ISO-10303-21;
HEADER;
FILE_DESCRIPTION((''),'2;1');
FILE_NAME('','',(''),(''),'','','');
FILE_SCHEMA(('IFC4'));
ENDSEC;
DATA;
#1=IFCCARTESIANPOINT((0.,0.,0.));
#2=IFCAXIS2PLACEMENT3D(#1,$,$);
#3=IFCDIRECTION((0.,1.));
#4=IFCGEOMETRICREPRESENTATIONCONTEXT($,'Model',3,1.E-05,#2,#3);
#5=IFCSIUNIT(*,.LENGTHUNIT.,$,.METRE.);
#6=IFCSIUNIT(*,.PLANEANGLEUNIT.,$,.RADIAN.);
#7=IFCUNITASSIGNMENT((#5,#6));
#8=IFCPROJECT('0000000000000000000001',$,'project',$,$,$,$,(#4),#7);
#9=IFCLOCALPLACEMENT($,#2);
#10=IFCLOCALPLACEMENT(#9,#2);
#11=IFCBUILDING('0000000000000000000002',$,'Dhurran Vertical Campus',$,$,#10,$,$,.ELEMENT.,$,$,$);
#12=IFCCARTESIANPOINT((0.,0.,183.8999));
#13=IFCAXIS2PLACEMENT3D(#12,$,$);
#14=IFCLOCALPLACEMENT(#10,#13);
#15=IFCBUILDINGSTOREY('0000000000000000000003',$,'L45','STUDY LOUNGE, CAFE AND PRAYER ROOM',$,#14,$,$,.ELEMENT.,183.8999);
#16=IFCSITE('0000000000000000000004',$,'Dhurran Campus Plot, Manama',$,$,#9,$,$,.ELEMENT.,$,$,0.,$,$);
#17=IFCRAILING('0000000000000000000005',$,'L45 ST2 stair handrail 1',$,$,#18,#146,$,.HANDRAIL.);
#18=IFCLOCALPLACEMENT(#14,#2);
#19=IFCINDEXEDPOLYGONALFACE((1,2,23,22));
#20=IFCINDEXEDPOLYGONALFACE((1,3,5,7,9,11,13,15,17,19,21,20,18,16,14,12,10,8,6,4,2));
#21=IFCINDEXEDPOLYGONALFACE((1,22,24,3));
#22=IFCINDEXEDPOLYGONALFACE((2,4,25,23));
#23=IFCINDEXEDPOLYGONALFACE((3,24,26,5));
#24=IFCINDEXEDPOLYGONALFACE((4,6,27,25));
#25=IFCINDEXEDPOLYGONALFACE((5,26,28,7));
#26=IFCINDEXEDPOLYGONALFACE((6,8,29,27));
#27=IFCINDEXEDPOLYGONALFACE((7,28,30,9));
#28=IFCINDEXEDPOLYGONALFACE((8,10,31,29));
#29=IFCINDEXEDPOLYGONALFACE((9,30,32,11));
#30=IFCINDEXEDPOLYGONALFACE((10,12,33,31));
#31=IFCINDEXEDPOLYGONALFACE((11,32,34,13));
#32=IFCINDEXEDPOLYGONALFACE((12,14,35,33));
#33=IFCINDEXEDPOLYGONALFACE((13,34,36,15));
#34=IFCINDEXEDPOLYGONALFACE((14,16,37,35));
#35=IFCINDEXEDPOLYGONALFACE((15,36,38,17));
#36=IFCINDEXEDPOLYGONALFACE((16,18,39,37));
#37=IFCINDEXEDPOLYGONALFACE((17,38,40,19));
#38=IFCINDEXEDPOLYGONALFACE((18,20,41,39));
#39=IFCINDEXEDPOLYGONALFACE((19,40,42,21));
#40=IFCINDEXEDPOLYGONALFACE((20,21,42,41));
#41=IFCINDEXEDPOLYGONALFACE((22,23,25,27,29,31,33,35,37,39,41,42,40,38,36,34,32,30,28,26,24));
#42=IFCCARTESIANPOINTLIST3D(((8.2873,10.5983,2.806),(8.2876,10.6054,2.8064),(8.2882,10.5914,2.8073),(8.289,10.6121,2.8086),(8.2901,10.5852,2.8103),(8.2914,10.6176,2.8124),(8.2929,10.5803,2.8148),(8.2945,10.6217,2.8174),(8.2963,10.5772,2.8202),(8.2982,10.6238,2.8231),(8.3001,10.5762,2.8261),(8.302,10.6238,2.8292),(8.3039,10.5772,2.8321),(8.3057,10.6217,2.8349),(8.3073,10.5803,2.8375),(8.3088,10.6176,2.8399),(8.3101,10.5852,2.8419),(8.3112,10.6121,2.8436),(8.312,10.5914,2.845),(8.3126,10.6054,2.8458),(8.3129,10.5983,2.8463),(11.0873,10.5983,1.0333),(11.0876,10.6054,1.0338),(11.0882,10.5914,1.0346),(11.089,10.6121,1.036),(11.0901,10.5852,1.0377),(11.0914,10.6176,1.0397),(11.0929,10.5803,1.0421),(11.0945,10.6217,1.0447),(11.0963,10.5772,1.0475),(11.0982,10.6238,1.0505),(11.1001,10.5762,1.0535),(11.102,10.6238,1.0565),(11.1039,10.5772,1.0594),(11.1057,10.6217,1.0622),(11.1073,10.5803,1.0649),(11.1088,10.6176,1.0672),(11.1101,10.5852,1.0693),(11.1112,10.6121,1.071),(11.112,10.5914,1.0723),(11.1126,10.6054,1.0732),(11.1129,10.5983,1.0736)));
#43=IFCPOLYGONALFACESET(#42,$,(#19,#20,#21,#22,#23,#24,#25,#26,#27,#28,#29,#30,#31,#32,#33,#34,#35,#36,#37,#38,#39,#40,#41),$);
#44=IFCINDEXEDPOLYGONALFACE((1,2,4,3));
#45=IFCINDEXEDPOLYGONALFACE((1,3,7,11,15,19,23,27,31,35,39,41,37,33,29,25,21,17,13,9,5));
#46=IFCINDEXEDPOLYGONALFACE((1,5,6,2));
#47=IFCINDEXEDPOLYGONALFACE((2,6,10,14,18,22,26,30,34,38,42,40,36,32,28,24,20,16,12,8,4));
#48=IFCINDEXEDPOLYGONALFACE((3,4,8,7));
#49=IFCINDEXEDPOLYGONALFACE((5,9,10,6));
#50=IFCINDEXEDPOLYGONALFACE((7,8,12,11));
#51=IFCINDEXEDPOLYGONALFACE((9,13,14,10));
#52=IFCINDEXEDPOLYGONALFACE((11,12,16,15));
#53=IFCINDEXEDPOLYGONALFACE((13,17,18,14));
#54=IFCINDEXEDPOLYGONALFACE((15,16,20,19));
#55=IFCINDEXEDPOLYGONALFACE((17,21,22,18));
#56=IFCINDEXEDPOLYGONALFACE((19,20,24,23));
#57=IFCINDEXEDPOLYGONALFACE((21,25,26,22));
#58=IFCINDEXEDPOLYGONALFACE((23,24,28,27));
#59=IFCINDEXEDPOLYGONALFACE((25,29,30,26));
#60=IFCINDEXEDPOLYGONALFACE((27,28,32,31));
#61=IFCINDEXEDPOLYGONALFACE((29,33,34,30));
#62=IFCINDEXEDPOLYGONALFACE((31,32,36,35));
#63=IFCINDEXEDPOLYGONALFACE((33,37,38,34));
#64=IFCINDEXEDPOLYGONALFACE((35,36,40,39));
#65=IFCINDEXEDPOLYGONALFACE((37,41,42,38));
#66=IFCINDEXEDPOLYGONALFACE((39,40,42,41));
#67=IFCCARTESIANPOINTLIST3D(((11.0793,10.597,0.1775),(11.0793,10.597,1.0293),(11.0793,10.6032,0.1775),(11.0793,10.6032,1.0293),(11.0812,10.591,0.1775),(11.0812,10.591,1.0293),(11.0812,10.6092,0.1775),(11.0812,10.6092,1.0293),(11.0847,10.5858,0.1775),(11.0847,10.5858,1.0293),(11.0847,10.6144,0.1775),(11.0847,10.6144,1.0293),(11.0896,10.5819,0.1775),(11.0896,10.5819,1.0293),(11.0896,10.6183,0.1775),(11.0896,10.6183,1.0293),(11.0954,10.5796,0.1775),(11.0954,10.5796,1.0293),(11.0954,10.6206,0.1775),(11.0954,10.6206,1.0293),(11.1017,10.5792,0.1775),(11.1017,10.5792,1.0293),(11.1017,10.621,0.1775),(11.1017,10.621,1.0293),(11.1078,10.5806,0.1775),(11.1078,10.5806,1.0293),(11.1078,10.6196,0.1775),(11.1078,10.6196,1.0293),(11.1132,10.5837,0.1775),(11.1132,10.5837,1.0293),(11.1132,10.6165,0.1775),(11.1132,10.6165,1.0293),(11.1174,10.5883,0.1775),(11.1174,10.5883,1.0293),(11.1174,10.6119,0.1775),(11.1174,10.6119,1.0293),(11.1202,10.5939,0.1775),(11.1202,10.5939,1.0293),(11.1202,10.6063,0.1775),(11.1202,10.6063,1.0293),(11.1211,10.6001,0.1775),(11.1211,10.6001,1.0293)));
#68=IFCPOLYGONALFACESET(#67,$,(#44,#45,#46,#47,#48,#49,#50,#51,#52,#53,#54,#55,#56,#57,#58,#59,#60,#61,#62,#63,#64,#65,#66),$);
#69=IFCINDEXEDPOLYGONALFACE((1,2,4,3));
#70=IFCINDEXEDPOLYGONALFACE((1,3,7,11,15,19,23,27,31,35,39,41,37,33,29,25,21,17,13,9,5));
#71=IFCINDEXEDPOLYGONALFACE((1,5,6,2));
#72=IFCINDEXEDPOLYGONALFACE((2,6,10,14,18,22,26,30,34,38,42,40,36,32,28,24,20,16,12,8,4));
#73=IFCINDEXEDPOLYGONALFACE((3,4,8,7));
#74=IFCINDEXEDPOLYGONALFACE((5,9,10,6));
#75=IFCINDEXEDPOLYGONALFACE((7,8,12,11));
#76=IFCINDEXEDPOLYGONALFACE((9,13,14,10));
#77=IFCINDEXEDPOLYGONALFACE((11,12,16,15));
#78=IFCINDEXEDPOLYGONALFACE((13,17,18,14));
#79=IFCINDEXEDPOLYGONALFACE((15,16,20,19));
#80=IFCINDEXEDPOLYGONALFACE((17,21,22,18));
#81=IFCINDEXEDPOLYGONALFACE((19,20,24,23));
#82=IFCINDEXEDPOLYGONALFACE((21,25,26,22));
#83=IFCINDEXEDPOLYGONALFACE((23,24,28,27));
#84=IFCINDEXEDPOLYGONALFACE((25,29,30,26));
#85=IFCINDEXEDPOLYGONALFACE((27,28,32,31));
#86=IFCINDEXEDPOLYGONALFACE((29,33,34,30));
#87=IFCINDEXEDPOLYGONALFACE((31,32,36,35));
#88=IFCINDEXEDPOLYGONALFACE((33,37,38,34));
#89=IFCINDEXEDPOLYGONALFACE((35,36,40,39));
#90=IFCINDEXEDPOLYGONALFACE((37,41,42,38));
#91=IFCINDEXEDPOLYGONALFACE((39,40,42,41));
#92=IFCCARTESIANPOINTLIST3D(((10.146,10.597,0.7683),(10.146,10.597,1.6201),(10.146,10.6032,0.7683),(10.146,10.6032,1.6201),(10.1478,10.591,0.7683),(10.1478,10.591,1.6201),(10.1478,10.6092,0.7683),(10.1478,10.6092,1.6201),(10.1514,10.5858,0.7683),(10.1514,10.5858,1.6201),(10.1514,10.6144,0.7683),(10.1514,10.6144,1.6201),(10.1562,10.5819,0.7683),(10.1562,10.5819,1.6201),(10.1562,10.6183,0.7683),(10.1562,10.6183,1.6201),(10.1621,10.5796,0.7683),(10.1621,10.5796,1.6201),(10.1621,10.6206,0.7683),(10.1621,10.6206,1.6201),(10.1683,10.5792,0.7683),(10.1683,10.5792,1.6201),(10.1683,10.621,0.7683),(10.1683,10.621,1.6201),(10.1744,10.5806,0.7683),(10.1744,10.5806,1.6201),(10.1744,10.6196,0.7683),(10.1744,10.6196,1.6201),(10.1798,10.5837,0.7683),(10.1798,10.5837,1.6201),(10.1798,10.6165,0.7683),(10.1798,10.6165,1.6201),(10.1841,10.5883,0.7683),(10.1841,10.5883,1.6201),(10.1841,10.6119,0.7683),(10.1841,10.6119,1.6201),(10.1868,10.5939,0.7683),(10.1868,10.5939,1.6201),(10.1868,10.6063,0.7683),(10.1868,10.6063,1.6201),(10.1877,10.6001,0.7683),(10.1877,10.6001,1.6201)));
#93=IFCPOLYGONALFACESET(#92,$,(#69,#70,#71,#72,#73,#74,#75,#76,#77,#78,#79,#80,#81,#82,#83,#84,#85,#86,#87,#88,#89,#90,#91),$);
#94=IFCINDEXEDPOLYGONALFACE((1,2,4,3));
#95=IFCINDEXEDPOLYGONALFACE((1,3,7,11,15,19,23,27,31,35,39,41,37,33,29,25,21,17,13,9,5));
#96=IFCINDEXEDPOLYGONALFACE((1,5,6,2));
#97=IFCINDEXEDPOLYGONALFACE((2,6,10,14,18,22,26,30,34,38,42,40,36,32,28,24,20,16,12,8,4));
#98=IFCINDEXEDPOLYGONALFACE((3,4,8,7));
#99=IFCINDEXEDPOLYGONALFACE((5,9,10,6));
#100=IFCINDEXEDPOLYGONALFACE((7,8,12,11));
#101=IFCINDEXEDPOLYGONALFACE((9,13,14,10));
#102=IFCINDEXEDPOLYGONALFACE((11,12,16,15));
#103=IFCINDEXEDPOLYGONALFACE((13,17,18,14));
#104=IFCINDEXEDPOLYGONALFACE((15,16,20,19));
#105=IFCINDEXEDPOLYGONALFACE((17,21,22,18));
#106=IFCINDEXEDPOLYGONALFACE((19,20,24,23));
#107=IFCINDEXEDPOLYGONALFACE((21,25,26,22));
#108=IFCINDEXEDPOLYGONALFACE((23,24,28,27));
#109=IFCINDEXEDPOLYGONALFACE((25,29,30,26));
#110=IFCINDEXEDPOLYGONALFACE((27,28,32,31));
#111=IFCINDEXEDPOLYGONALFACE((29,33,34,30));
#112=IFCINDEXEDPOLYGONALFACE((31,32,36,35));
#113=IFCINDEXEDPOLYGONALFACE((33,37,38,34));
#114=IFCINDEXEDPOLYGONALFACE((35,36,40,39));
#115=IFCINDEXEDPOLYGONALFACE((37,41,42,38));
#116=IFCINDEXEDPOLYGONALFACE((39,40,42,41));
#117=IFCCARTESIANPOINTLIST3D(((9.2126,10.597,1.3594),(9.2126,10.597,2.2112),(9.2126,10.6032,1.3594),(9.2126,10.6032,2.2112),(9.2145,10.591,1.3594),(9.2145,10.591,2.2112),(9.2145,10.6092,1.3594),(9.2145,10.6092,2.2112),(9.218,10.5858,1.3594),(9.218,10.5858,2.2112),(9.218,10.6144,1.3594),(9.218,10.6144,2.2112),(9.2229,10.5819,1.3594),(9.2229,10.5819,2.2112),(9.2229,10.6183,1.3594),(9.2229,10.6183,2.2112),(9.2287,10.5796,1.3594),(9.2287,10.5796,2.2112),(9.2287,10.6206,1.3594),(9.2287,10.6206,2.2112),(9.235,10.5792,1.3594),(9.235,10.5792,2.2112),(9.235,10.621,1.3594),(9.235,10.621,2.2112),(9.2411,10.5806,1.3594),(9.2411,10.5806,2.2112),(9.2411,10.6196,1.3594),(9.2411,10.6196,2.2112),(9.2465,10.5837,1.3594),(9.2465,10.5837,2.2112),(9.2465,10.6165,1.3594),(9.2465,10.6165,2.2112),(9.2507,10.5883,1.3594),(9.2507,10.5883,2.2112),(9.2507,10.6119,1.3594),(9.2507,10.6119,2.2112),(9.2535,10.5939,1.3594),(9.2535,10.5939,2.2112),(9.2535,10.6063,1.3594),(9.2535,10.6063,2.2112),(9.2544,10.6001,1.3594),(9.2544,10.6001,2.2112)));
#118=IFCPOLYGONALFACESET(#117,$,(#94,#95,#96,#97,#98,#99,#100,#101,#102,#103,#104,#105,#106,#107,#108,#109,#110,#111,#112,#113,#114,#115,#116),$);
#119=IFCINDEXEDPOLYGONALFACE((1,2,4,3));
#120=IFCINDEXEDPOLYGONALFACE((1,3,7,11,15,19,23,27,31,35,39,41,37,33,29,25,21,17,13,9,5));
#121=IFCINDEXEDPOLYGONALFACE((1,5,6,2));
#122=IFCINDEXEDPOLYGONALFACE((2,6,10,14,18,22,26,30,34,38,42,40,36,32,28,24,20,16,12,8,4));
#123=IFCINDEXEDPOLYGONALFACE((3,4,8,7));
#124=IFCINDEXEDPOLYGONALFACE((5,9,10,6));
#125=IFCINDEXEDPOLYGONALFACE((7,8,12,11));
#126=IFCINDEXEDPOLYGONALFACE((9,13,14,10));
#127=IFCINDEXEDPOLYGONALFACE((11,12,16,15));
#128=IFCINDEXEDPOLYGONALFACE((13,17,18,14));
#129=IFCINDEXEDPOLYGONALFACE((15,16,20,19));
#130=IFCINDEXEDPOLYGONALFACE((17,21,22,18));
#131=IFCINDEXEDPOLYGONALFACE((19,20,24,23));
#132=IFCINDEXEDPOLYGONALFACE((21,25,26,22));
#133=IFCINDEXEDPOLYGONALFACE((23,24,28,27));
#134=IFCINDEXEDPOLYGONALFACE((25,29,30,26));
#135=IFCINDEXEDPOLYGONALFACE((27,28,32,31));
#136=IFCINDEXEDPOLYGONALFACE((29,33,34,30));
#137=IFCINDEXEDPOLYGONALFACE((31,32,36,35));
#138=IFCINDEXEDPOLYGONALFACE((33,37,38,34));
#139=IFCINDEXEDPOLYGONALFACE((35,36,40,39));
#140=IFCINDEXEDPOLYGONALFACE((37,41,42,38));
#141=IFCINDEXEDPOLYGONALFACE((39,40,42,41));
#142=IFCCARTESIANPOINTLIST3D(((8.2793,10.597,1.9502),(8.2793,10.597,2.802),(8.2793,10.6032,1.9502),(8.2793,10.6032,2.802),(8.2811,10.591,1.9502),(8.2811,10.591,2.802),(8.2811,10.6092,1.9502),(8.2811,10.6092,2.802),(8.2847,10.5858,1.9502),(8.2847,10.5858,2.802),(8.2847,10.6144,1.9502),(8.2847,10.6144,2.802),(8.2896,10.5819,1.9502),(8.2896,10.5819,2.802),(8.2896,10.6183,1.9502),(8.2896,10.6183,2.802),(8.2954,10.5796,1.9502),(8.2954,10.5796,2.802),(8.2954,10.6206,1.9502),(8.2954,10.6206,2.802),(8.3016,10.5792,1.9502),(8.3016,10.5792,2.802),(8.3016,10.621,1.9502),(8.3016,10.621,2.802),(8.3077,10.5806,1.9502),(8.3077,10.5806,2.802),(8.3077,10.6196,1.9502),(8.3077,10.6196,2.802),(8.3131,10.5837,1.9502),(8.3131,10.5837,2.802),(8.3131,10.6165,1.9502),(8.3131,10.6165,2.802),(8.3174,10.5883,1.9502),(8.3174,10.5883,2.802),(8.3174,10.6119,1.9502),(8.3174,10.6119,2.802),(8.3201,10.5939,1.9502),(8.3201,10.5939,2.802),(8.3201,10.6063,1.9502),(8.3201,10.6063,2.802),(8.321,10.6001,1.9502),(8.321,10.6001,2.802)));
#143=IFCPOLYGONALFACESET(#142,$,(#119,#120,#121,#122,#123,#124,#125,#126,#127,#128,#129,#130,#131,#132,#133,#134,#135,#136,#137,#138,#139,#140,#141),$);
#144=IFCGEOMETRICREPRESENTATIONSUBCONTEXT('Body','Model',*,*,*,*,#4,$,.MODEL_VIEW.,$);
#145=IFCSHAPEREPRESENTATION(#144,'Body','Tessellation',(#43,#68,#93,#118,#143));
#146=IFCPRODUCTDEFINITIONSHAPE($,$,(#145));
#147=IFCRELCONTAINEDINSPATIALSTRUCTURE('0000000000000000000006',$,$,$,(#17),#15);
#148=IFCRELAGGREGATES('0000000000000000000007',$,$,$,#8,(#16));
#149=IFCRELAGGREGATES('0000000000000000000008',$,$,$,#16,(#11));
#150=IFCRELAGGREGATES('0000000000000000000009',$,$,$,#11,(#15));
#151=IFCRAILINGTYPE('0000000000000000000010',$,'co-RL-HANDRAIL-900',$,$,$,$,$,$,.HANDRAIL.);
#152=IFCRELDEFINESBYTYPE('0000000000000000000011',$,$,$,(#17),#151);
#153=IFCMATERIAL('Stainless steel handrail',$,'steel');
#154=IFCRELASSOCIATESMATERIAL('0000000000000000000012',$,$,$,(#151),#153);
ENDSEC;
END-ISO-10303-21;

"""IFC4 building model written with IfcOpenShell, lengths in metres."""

from ifc_helpers import new_model, si_unit, direction, frame, origin, origin_2d, place, context, subcontext, project, spatial, circle, extrude, material, type_object, element, save


model = new_model("IFC4")

# Units and contexts
model_context = context("Model", 3, precision=1e-05, world=origin(), true_north=direction((0.0, 1.0)))
body_context = subcontext(model_context, "Body", "Model", "MODEL_VIEW")
ifc_project = project(units=[si_unit("LENGTHUNIT", "METRE"), si_unit("PLANEANGLEUNIT", "RADIAN")], contexts=[model_context])

# Site, building, storey
site_placement = place(None, origin())
site = spatial("IfcSite", under=ifc_project, at=site_placement, Name="Dhurran Campus Plot, Manama", CompositionType="ELEMENT", RefElevation=0.0)
building_placement = place(site_placement, origin())
building = spatial("IfcBuilding", under=site, at=building_placement, Name="Dhurran Vertical Campus", CompositionType="ELEMENT")
storey_placement = place(building_placement, frame((0.0, 0.0, 183.8999)))
storey = spatial("IfcBuildingStorey", under=building, at=storey_placement, Name="L45", Description="STUDY LOUNGE, CAFE AND PRAYER ROOM", CompositionType="ELEMENT", Elevation=183.8999)

# Railing
ifc_material_1 = material(Name="Stainless steel handrail", Category="steel")
railing_type_1 = type_object("IfcRailingType", Name="co-RL-HANDRAIL-900", PredefinedType="HANDRAIL", material=ifc_material_1)
railing_1_placement = place(storey_placement, frame((11.1001, 10.6001, 0.1775)))
element("IfcRailing", 1, at=railing_1_placement, inside=storey, type_object=railing_type_1, Name="L45 ST2 stair handrail 1", PredefinedType="HANDRAIL", context=body_context, shape_type="SweptSolid", body=[
    extrude(circle(Radius=0.0239, at=origin_2d()), frame((0.0, 0.0, 0.876), z_axis=(-0.844909, 0.0, 0.53491), x_axis=(0.0, -1.0, 0.0)), (0.0, 0.0, 1.0), 3.314),
    extrude(circle(Radius=0.021, at=origin_2d()), origin(), (0.0, 0.0, 1.0), 0.8518),
    extrude(circle(Radius=0.021, at=origin_2d()), frame((-0.9333, 0.0, 0.5908)), (0.0, 0.0, 1.0), 0.8518),
    extrude(circle(Radius=0.021, at=origin_2d()), frame((-1.8667, 0.0, 1.1819)), (0.0, 0.0, 1.0), 0.8518),
    extrude(circle(Radius=0.021, at=origin_2d()), frame((-2.8, 0.0, 1.7727)), (0.0, 0.0, 1.0), 0.8518),
])

save(model, "model.ifc")
